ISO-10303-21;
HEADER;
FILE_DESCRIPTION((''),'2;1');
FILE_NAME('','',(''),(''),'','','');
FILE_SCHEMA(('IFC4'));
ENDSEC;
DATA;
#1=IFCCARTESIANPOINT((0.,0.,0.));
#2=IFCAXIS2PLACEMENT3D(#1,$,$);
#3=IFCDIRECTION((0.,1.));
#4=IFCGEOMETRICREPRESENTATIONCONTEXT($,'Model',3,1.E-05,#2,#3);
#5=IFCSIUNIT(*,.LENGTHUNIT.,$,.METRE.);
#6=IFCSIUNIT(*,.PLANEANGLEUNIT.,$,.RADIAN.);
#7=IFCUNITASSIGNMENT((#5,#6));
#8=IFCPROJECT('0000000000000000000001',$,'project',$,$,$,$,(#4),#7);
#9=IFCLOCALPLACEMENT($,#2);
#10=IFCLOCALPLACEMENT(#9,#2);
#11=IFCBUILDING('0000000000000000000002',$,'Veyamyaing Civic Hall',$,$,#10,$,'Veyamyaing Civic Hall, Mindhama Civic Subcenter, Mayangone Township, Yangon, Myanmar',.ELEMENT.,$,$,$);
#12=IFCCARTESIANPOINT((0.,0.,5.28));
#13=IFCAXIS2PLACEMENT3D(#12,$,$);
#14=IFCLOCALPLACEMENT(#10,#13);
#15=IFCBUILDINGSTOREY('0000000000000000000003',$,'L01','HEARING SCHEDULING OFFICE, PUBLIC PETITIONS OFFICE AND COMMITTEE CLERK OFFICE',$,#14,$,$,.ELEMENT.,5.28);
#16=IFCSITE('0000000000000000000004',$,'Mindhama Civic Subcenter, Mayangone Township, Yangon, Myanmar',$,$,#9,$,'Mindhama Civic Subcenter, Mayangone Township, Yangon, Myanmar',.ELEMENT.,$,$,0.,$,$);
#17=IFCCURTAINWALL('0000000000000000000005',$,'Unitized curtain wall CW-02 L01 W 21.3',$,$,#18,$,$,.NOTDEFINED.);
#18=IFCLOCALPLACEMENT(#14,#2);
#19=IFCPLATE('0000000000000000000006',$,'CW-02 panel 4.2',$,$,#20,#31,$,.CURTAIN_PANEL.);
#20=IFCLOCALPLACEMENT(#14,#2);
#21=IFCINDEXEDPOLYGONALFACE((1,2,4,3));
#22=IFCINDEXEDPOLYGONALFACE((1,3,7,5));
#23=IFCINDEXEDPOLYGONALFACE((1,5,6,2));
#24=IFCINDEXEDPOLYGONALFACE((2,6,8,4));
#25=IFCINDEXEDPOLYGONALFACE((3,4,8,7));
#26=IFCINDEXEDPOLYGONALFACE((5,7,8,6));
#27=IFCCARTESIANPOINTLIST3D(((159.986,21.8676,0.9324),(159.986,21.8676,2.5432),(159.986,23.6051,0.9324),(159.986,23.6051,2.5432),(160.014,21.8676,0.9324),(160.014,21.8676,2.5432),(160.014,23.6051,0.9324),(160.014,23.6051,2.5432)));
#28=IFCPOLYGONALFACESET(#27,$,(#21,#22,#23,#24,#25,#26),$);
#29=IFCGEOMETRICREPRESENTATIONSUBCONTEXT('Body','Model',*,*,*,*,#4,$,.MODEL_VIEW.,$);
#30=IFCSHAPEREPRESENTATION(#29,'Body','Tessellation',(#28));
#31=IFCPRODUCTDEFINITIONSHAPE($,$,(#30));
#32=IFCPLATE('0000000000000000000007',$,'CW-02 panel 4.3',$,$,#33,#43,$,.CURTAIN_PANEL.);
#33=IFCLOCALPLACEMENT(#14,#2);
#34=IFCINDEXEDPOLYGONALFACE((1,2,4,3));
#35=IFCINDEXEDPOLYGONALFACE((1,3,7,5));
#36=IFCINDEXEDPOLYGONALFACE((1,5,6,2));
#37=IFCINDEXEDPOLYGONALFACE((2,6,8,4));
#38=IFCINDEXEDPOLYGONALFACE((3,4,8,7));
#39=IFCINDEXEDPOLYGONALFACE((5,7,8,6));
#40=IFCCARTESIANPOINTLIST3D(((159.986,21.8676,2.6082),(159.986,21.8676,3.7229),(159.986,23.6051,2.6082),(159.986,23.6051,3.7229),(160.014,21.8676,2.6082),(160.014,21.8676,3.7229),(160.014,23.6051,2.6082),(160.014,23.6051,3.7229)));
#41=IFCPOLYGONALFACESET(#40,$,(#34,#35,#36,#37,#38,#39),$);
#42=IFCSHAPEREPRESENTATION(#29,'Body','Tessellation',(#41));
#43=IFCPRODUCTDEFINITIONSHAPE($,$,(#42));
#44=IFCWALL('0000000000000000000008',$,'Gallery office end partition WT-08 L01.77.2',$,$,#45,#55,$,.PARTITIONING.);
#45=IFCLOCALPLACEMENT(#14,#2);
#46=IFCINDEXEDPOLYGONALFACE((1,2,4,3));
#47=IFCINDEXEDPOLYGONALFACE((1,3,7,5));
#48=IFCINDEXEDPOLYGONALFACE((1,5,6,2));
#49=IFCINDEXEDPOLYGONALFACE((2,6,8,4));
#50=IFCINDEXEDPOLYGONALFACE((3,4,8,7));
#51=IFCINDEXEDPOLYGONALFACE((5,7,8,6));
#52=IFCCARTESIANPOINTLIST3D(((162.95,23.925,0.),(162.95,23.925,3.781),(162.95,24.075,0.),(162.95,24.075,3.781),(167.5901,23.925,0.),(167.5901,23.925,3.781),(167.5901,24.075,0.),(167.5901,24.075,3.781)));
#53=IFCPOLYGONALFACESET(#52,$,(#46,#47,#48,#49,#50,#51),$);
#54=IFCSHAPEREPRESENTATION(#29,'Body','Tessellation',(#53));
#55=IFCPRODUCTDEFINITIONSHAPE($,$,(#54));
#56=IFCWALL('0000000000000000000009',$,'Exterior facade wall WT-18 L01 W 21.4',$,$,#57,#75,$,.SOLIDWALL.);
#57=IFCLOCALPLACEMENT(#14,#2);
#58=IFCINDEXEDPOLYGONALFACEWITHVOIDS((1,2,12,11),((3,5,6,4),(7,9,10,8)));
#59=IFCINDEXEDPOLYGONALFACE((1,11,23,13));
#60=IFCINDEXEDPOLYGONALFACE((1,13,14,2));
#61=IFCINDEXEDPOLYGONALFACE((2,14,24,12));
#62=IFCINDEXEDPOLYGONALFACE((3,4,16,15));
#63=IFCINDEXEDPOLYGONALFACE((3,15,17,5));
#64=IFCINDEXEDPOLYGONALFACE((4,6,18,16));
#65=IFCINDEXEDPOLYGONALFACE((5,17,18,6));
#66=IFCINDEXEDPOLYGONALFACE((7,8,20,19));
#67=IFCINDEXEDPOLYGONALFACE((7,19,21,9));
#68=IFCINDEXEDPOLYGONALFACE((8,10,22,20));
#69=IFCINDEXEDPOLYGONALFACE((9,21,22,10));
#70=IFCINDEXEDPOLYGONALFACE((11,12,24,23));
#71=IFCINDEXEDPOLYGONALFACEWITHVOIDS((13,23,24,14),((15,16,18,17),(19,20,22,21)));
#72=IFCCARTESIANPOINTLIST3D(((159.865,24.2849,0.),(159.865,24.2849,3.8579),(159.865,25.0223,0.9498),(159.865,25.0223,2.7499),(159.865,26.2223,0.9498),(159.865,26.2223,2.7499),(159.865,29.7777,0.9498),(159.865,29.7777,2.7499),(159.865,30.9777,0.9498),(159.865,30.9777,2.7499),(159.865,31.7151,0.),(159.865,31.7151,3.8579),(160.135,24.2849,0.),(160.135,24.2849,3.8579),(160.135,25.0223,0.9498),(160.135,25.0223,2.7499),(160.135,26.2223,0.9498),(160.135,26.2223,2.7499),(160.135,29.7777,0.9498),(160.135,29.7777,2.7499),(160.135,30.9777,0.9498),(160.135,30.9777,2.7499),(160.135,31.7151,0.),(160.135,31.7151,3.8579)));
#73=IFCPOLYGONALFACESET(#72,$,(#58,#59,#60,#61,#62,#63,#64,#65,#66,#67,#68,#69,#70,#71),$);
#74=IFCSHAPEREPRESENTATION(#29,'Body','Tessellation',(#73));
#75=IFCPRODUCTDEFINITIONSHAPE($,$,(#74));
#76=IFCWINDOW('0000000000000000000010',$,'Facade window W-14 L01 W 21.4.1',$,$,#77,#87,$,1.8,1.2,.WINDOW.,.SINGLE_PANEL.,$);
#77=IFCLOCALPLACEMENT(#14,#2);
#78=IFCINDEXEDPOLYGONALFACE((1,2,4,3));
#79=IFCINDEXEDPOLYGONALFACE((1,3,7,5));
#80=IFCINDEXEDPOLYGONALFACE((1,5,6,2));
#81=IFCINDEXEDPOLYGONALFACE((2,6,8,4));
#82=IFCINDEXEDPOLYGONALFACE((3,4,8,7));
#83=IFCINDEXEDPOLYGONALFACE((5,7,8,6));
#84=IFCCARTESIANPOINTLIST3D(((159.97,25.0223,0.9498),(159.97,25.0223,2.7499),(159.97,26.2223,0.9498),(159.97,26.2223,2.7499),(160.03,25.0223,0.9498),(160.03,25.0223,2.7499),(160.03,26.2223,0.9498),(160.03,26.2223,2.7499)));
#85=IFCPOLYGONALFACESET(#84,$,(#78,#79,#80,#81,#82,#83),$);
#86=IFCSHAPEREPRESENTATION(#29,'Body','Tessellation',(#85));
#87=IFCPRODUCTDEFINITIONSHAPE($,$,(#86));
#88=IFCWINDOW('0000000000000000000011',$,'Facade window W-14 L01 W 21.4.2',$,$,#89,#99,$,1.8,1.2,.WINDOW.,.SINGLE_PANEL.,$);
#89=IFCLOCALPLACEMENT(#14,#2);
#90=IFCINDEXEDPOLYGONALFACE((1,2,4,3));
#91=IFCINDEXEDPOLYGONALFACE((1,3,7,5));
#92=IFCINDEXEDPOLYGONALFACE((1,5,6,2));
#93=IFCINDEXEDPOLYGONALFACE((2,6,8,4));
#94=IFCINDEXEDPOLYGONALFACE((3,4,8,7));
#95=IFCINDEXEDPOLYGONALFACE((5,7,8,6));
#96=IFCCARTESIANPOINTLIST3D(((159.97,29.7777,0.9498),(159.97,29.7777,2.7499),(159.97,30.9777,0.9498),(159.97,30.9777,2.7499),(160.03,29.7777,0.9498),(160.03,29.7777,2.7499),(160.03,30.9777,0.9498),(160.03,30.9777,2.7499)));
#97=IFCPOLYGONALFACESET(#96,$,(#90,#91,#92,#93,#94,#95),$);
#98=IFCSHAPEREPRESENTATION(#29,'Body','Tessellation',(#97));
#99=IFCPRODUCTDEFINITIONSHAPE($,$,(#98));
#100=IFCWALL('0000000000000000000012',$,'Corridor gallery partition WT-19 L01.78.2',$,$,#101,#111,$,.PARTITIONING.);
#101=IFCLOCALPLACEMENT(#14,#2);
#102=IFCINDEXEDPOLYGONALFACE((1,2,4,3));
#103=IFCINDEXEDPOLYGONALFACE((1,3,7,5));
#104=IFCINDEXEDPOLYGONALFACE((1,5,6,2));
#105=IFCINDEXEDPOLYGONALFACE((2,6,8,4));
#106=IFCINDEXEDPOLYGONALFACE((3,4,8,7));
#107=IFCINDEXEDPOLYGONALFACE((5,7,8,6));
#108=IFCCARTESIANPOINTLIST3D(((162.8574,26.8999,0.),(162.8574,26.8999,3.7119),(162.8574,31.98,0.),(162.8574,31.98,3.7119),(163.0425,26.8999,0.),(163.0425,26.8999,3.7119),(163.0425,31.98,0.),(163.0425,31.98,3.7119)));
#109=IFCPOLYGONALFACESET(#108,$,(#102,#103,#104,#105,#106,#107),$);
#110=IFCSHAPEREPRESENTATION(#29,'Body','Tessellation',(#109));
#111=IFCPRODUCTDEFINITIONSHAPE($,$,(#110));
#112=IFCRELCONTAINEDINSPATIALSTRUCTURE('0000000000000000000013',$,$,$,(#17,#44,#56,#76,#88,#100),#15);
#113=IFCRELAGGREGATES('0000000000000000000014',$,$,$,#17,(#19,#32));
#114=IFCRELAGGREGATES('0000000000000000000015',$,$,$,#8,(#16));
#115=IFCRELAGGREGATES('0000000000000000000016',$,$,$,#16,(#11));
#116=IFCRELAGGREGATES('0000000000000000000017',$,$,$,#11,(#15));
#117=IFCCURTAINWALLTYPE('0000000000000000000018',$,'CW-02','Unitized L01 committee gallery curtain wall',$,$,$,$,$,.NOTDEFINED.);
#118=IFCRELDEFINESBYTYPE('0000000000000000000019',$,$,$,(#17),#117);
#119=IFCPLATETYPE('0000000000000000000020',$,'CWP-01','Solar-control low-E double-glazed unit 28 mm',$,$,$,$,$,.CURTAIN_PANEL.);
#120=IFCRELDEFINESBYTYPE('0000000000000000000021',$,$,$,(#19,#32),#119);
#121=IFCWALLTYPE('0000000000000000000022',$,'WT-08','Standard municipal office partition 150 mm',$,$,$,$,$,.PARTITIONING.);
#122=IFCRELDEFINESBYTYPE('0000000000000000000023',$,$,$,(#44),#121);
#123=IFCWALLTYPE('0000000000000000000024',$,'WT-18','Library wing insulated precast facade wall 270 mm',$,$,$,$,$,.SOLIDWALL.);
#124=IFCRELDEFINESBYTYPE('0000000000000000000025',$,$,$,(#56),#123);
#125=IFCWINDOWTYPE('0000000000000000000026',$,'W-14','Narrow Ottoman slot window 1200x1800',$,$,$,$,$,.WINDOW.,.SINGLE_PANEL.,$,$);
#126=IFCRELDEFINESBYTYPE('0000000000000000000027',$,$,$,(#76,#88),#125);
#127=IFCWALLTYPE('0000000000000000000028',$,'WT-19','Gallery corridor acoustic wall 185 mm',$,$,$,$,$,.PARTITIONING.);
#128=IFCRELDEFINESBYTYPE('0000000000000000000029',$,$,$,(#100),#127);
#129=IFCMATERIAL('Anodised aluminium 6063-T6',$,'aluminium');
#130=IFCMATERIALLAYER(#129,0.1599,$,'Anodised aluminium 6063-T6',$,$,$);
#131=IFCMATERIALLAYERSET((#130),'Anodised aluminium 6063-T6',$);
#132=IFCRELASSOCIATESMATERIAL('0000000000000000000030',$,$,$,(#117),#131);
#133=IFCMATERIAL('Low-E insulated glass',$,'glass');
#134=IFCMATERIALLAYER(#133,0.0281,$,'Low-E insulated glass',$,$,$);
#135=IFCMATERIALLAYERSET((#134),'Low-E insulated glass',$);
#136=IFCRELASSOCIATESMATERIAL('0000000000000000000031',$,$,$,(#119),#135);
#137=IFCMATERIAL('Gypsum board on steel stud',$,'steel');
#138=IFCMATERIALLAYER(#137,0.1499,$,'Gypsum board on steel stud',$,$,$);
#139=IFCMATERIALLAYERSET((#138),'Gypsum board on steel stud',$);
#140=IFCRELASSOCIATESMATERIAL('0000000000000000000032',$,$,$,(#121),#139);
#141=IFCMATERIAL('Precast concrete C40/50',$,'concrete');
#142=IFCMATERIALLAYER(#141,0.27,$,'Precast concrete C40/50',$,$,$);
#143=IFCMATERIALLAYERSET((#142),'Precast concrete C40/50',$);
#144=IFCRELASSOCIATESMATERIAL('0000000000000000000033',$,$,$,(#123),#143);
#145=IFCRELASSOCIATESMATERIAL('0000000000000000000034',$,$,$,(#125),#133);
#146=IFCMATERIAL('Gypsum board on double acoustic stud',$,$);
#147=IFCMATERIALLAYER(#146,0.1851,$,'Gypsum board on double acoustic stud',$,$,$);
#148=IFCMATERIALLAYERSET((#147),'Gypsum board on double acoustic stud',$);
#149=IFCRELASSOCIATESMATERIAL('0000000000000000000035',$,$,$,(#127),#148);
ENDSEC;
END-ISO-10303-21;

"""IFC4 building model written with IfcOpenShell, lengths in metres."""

from ifc_helpers import new_model, si_unit, direction, frame, frame_2d, origin, origin_2d, place, context, subcontext, project, spatial, rectangle, extrude, material, layer, layer_set, type_object, element, fill, aggregate, save


model = new_model("IFC4")

# Units and contexts
model_context = context("Model", 3, precision=1e-05, world=origin(), true_north=direction((0.0, 1.0)))
body_context = subcontext(model_context, "Body", "Model", "MODEL_VIEW")
ifc_project = project(units=[si_unit("LENGTHUNIT", "METRE"), si_unit("PLANEANGLEUNIT", "RADIAN")], contexts=[model_context])

# Site, building, storey
site_placement = place(None, origin())
site = spatial("IfcSite", under=ifc_project, at=site_placement, Name="Mindhama Civic Subcenter, Mayangone Township, Yangon, Myanmar", LongName="Mindhama Civic Subcenter, Mayangone Township, Yangon, Myanmar", CompositionType="ELEMENT", RefElevation=0.0)
building_placement = place(site_placement, origin())
building = spatial("IfcBuilding", under=site, at=building_placement, Name="Veyamyaing Civic Hall", LongName="Veyamyaing Civic Hall, Mindhama Civic Subcenter, Mayangone Township, Yangon, Myanmar", CompositionType="ELEMENT")
storey_placement = place(building_placement, frame((0.0, 0.0, 5.28)))
storey = spatial("IfcBuildingStorey", under=building, at=storey_placement, Name="L01", Description="HEARING SCHEDULING OFFICE, PUBLIC PETITIONS OFFICE AND COMMITTEE CLERK OFFICE", CompositionType="ELEMENT", Elevation=5.28)

# Curtain wall
ifc_material_1 = material(Name="Anodised aluminium 6063-T6", Category="aluminium")
ifc_layer_1 = layer(ifc_material_1, 0.1599, Name="Anodised aluminium 6063-T6")
ifc_layer_set_1 = layer_set([ifc_layer_1], Name="Anodised aluminium 6063-T6")
curtain_wall_type = type_object("IfcCurtainWallType", Name="CW-02", Description="Unitized L01 committee gallery curtain wall", PredefinedType="NOTDEFINED", material=ifc_layer_set_1)
curtain_wall_placement = place(storey_placement, origin())
curtain_wall = element("IfcCurtainWall", 1, at=curtain_wall_placement, inside=storey, type_object=curtain_wall_type, Name="Unitized curtain wall CW-02 L01 W 21.3", PredefinedType="NOTDEFINED")

# Plates
ifc_material_2 = material(Name="Low-E insulated glass", Category="glass")
ifc_layer_2 = layer(ifc_material_2, 0.0281, Name="Low-E insulated glass")
ifc_layer_set_2 = layer_set([ifc_layer_2], Name="Low-E insulated glass")
plate_type = type_object("IfcPlateType", Name="CWP-01", Description="Solar-control low-E double-glazed unit 28 mm", PredefinedType="CURTAIN_PANEL", material=ifc_layer_set_2)
plate_1_placement = place(storey_placement, frame((160.0, 22.7363, 0.9324), z_axis=(0.0, 0.0, 1.0), x_axis=(0.0, 1.0, 0.0)))
plate_1 = element("IfcPlate", 2, at=plate_1_placement, type_object=plate_type, Name="CW-02 panel 4.2", PredefinedType="CURTAIN_PANEL", context=body_context, shape_type="SweptSolid", body=[
    extrude(rectangle(XDim=1.7375, YDim=0.0281, at=origin_2d()), origin(), (0.0, 0.0, 1.0), 1.6108),
])
plate_2_placement = place(storey_placement, frame((160.0, 22.7363, 2.6082), z_axis=(0.0, 0.0, 1.0), x_axis=(0.0, 1.0, 0.0)))
plate_2 = element("IfcPlate", 3, at=plate_2_placement, type_object=plate_type, Name="CW-02 panel 4.3", PredefinedType="CURTAIN_PANEL", context=body_context, shape_type="SweptSolid", body=[
    extrude(rectangle(XDim=1.7375, YDim=0.0281, at=origin_2d()), origin(), (0.0, 0.0, 1.0), 1.1147),
])
aggregate(curtain_wall, [plate_1, plate_2])

# Wall
ifc_material_3 = material(Name="Gypsum board on steel stud", Category="steel")
ifc_layer_3 = layer(ifc_material_3, 0.1499, Name="Gypsum board on steel stud")
ifc_layer_set_3 = layer_set([ifc_layer_3], Name="Gypsum board on steel stud")
wall_type_1 = type_object("IfcWallType", Name="WT-08", Description="Standard municipal office partition 150 mm", PredefinedType="PARTITIONING", material=ifc_layer_set_3)
wall_1_placement = place(storey_placement, frame((162.95, 24.0, 0.0), z_axis=(0.0, 0.0, 1.0), x_axis=(1.0, 0.0, 0.0)))
element("IfcWall", 4, at=wall_1_placement, inside=storey, type_object=wall_type_1, Name="Gallery office end partition WT-08 L01.77.2", PredefinedType="PARTITIONING", context=body_context, shape_type="SweptSolid", body=[
    extrude(rectangle(XDim=4.6401, YDim=0.1499, at=frame_2d((2.3201, 0.0))), origin(), (0.0, 0.0, 1.0), 3.781),
])

# Wall, openings, windows
ifc_material_4 = material(Name="Precast concrete C40/50", Category="concrete")
ifc_layer_4 = layer(ifc_material_4, 0.27, Name="Precast concrete C40/50")
ifc_layer_set_4 = layer_set([ifc_layer_4], Name="Precast concrete C40/50")
wall_type_2 = type_object("IfcWallType", Name="WT-18", Description="Library wing insulated precast facade wall 270 mm", PredefinedType="SOLIDWALL", material=ifc_layer_set_4)
wall_2_placement = place(storey_placement, frame((160.0, 24.2849, 0.0), z_axis=(0.0, 0.0, 1.0), x_axis=(0.0, 1.0, 0.0)))
wall_2 = element("IfcWall", 5, at=wall_2_placement, inside=storey, type_object=wall_type_2, Name="Exterior facade wall WT-18 L01 W 21.4", PredefinedType="SOLIDWALL", context=body_context, shape_type="SweptSolid", body=[
    extrude(rectangle(XDim=7.4302, YDim=0.27, at=frame_2d((3.7151, 0.0))), origin(), (0.0, 0.0, 1.0), 3.8579),
])
opening_1_placement = place(wall_2_placement, frame((0.7373, 0.0, 0.95)))
opening_1 = element("IfcOpeningElement", 6, at=opening_1_placement, cuts=wall_2, PredefinedType="OPENING", context=body_context, shape_type="SweptSolid", body=[
    extrude(rectangle(XDim=1.2, YDim=1.8, at=frame_2d((0.6001, 0.8999))), frame((0.0, 0.145, 0.0), z_axis=(0.0, -1.0, 0.0), x_axis=(1.0, 0.0, 0.0)), (0.0, 0.0, 1.0), 0.29),
])
opening_2_placement = place(wall_2_placement, frame((5.4927, 0.0, 0.95)))
opening_2 = element("IfcOpeningElement", 7, at=opening_2_placement, cuts=wall_2, PredefinedType="OPENING", context=body_context, shape_type="SweptSolid", body=[
    extrude(rectangle(XDim=1.2, YDim=1.8, at=frame_2d((0.6001, 0.8999))), frame((0.0, 0.145, 0.0), z_axis=(0.0, -1.0, 0.0), x_axis=(1.0, 0.0, 0.0)), (0.0, 0.0, 1.0), 0.29),
])
window_type = type_object("IfcWindowType", Name="W-14", Description="Narrow Ottoman slot window 1200x1800", PartitioningType="SINGLE_PANEL", PredefinedType="WINDOW", material=ifc_material_2)
window_1_placement = place(opening_1_placement, origin())
window_1 = element("IfcWindow", 8, at=window_1_placement, inside=storey, type_object=window_type, Name="Facade window W-14 L01 W 21.4.1", OverallHeight=1.8, OverallWidth=1.2, PartitioningType="SINGLE_PANEL", PredefinedType="WINDOW", context=body_context, shape_type="SweptSolid", body=[
    extrude(rectangle(XDim=1.2, YDim=1.8, at=frame_2d((0.6001, 0.8999))), frame((0.0, 0.03, 0.0), z_axis=(0.0, -1.0, 0.0), x_axis=(1.0, 0.0, 0.0)), (0.0, 0.0, 1.0), 0.0601),
])
fill(opening_1, window_1)
window_2_placement = place(opening_2_placement, origin())
window_2 = element("IfcWindow", 9, at=window_2_placement, inside=storey, type_object=window_type, Name="Facade window W-14 L01 W 21.4.2", OverallHeight=1.8, OverallWidth=1.2, PartitioningType="SINGLE_PANEL", PredefinedType="WINDOW", context=body_context, shape_type="SweptSolid", body=[
    extrude(rectangle(XDim=1.2, YDim=1.8, at=frame_2d((0.6001, 0.8999))), frame((0.0, 0.03, 0.0), z_axis=(0.0, -1.0, 0.0), x_axis=(1.0, 0.0, 0.0)), (0.0, 0.0, 1.0), 0.0601),
])
fill(opening_2, window_2)

# Shared definitions
ifc_material_5 = material(Name="Gypsum board on double acoustic stud")
ifc_layer_5 = layer(ifc_material_5, 0.1851, Name="Gypsum board on double acoustic stud")
ifc_layer_set_5 = layer_set([ifc_layer_5], Name="Gypsum board on double acoustic stud")
wall_type_3 = type_object("IfcWallType", Name="WT-19", Description="Gallery corridor acoustic wall 185 mm", PredefinedType="PARTITIONING", material=ifc_layer_set_5)

# Wall
wall_3_placement = place(storey_placement, frame((162.95, 26.8999, 0.0), z_axis=(0.0, 0.0, 1.0), x_axis=(0.0, 1.0, 0.0)))
element("IfcWall", 10, at=wall_3_placement, inside=storey, type_object=wall_type_3, Name="Corridor gallery partition WT-19 L01.78.2", PredefinedType="PARTITIONING", context=body_context, shape_type="SweptSolid", body=[
    extrude(rectangle(XDim=5.0801, YDim=0.1851, at=frame_2d((2.54, 0.0))), origin(), (0.0, 0.0, 1.0), 3.7119),
])

save(model, "model.ifc")
